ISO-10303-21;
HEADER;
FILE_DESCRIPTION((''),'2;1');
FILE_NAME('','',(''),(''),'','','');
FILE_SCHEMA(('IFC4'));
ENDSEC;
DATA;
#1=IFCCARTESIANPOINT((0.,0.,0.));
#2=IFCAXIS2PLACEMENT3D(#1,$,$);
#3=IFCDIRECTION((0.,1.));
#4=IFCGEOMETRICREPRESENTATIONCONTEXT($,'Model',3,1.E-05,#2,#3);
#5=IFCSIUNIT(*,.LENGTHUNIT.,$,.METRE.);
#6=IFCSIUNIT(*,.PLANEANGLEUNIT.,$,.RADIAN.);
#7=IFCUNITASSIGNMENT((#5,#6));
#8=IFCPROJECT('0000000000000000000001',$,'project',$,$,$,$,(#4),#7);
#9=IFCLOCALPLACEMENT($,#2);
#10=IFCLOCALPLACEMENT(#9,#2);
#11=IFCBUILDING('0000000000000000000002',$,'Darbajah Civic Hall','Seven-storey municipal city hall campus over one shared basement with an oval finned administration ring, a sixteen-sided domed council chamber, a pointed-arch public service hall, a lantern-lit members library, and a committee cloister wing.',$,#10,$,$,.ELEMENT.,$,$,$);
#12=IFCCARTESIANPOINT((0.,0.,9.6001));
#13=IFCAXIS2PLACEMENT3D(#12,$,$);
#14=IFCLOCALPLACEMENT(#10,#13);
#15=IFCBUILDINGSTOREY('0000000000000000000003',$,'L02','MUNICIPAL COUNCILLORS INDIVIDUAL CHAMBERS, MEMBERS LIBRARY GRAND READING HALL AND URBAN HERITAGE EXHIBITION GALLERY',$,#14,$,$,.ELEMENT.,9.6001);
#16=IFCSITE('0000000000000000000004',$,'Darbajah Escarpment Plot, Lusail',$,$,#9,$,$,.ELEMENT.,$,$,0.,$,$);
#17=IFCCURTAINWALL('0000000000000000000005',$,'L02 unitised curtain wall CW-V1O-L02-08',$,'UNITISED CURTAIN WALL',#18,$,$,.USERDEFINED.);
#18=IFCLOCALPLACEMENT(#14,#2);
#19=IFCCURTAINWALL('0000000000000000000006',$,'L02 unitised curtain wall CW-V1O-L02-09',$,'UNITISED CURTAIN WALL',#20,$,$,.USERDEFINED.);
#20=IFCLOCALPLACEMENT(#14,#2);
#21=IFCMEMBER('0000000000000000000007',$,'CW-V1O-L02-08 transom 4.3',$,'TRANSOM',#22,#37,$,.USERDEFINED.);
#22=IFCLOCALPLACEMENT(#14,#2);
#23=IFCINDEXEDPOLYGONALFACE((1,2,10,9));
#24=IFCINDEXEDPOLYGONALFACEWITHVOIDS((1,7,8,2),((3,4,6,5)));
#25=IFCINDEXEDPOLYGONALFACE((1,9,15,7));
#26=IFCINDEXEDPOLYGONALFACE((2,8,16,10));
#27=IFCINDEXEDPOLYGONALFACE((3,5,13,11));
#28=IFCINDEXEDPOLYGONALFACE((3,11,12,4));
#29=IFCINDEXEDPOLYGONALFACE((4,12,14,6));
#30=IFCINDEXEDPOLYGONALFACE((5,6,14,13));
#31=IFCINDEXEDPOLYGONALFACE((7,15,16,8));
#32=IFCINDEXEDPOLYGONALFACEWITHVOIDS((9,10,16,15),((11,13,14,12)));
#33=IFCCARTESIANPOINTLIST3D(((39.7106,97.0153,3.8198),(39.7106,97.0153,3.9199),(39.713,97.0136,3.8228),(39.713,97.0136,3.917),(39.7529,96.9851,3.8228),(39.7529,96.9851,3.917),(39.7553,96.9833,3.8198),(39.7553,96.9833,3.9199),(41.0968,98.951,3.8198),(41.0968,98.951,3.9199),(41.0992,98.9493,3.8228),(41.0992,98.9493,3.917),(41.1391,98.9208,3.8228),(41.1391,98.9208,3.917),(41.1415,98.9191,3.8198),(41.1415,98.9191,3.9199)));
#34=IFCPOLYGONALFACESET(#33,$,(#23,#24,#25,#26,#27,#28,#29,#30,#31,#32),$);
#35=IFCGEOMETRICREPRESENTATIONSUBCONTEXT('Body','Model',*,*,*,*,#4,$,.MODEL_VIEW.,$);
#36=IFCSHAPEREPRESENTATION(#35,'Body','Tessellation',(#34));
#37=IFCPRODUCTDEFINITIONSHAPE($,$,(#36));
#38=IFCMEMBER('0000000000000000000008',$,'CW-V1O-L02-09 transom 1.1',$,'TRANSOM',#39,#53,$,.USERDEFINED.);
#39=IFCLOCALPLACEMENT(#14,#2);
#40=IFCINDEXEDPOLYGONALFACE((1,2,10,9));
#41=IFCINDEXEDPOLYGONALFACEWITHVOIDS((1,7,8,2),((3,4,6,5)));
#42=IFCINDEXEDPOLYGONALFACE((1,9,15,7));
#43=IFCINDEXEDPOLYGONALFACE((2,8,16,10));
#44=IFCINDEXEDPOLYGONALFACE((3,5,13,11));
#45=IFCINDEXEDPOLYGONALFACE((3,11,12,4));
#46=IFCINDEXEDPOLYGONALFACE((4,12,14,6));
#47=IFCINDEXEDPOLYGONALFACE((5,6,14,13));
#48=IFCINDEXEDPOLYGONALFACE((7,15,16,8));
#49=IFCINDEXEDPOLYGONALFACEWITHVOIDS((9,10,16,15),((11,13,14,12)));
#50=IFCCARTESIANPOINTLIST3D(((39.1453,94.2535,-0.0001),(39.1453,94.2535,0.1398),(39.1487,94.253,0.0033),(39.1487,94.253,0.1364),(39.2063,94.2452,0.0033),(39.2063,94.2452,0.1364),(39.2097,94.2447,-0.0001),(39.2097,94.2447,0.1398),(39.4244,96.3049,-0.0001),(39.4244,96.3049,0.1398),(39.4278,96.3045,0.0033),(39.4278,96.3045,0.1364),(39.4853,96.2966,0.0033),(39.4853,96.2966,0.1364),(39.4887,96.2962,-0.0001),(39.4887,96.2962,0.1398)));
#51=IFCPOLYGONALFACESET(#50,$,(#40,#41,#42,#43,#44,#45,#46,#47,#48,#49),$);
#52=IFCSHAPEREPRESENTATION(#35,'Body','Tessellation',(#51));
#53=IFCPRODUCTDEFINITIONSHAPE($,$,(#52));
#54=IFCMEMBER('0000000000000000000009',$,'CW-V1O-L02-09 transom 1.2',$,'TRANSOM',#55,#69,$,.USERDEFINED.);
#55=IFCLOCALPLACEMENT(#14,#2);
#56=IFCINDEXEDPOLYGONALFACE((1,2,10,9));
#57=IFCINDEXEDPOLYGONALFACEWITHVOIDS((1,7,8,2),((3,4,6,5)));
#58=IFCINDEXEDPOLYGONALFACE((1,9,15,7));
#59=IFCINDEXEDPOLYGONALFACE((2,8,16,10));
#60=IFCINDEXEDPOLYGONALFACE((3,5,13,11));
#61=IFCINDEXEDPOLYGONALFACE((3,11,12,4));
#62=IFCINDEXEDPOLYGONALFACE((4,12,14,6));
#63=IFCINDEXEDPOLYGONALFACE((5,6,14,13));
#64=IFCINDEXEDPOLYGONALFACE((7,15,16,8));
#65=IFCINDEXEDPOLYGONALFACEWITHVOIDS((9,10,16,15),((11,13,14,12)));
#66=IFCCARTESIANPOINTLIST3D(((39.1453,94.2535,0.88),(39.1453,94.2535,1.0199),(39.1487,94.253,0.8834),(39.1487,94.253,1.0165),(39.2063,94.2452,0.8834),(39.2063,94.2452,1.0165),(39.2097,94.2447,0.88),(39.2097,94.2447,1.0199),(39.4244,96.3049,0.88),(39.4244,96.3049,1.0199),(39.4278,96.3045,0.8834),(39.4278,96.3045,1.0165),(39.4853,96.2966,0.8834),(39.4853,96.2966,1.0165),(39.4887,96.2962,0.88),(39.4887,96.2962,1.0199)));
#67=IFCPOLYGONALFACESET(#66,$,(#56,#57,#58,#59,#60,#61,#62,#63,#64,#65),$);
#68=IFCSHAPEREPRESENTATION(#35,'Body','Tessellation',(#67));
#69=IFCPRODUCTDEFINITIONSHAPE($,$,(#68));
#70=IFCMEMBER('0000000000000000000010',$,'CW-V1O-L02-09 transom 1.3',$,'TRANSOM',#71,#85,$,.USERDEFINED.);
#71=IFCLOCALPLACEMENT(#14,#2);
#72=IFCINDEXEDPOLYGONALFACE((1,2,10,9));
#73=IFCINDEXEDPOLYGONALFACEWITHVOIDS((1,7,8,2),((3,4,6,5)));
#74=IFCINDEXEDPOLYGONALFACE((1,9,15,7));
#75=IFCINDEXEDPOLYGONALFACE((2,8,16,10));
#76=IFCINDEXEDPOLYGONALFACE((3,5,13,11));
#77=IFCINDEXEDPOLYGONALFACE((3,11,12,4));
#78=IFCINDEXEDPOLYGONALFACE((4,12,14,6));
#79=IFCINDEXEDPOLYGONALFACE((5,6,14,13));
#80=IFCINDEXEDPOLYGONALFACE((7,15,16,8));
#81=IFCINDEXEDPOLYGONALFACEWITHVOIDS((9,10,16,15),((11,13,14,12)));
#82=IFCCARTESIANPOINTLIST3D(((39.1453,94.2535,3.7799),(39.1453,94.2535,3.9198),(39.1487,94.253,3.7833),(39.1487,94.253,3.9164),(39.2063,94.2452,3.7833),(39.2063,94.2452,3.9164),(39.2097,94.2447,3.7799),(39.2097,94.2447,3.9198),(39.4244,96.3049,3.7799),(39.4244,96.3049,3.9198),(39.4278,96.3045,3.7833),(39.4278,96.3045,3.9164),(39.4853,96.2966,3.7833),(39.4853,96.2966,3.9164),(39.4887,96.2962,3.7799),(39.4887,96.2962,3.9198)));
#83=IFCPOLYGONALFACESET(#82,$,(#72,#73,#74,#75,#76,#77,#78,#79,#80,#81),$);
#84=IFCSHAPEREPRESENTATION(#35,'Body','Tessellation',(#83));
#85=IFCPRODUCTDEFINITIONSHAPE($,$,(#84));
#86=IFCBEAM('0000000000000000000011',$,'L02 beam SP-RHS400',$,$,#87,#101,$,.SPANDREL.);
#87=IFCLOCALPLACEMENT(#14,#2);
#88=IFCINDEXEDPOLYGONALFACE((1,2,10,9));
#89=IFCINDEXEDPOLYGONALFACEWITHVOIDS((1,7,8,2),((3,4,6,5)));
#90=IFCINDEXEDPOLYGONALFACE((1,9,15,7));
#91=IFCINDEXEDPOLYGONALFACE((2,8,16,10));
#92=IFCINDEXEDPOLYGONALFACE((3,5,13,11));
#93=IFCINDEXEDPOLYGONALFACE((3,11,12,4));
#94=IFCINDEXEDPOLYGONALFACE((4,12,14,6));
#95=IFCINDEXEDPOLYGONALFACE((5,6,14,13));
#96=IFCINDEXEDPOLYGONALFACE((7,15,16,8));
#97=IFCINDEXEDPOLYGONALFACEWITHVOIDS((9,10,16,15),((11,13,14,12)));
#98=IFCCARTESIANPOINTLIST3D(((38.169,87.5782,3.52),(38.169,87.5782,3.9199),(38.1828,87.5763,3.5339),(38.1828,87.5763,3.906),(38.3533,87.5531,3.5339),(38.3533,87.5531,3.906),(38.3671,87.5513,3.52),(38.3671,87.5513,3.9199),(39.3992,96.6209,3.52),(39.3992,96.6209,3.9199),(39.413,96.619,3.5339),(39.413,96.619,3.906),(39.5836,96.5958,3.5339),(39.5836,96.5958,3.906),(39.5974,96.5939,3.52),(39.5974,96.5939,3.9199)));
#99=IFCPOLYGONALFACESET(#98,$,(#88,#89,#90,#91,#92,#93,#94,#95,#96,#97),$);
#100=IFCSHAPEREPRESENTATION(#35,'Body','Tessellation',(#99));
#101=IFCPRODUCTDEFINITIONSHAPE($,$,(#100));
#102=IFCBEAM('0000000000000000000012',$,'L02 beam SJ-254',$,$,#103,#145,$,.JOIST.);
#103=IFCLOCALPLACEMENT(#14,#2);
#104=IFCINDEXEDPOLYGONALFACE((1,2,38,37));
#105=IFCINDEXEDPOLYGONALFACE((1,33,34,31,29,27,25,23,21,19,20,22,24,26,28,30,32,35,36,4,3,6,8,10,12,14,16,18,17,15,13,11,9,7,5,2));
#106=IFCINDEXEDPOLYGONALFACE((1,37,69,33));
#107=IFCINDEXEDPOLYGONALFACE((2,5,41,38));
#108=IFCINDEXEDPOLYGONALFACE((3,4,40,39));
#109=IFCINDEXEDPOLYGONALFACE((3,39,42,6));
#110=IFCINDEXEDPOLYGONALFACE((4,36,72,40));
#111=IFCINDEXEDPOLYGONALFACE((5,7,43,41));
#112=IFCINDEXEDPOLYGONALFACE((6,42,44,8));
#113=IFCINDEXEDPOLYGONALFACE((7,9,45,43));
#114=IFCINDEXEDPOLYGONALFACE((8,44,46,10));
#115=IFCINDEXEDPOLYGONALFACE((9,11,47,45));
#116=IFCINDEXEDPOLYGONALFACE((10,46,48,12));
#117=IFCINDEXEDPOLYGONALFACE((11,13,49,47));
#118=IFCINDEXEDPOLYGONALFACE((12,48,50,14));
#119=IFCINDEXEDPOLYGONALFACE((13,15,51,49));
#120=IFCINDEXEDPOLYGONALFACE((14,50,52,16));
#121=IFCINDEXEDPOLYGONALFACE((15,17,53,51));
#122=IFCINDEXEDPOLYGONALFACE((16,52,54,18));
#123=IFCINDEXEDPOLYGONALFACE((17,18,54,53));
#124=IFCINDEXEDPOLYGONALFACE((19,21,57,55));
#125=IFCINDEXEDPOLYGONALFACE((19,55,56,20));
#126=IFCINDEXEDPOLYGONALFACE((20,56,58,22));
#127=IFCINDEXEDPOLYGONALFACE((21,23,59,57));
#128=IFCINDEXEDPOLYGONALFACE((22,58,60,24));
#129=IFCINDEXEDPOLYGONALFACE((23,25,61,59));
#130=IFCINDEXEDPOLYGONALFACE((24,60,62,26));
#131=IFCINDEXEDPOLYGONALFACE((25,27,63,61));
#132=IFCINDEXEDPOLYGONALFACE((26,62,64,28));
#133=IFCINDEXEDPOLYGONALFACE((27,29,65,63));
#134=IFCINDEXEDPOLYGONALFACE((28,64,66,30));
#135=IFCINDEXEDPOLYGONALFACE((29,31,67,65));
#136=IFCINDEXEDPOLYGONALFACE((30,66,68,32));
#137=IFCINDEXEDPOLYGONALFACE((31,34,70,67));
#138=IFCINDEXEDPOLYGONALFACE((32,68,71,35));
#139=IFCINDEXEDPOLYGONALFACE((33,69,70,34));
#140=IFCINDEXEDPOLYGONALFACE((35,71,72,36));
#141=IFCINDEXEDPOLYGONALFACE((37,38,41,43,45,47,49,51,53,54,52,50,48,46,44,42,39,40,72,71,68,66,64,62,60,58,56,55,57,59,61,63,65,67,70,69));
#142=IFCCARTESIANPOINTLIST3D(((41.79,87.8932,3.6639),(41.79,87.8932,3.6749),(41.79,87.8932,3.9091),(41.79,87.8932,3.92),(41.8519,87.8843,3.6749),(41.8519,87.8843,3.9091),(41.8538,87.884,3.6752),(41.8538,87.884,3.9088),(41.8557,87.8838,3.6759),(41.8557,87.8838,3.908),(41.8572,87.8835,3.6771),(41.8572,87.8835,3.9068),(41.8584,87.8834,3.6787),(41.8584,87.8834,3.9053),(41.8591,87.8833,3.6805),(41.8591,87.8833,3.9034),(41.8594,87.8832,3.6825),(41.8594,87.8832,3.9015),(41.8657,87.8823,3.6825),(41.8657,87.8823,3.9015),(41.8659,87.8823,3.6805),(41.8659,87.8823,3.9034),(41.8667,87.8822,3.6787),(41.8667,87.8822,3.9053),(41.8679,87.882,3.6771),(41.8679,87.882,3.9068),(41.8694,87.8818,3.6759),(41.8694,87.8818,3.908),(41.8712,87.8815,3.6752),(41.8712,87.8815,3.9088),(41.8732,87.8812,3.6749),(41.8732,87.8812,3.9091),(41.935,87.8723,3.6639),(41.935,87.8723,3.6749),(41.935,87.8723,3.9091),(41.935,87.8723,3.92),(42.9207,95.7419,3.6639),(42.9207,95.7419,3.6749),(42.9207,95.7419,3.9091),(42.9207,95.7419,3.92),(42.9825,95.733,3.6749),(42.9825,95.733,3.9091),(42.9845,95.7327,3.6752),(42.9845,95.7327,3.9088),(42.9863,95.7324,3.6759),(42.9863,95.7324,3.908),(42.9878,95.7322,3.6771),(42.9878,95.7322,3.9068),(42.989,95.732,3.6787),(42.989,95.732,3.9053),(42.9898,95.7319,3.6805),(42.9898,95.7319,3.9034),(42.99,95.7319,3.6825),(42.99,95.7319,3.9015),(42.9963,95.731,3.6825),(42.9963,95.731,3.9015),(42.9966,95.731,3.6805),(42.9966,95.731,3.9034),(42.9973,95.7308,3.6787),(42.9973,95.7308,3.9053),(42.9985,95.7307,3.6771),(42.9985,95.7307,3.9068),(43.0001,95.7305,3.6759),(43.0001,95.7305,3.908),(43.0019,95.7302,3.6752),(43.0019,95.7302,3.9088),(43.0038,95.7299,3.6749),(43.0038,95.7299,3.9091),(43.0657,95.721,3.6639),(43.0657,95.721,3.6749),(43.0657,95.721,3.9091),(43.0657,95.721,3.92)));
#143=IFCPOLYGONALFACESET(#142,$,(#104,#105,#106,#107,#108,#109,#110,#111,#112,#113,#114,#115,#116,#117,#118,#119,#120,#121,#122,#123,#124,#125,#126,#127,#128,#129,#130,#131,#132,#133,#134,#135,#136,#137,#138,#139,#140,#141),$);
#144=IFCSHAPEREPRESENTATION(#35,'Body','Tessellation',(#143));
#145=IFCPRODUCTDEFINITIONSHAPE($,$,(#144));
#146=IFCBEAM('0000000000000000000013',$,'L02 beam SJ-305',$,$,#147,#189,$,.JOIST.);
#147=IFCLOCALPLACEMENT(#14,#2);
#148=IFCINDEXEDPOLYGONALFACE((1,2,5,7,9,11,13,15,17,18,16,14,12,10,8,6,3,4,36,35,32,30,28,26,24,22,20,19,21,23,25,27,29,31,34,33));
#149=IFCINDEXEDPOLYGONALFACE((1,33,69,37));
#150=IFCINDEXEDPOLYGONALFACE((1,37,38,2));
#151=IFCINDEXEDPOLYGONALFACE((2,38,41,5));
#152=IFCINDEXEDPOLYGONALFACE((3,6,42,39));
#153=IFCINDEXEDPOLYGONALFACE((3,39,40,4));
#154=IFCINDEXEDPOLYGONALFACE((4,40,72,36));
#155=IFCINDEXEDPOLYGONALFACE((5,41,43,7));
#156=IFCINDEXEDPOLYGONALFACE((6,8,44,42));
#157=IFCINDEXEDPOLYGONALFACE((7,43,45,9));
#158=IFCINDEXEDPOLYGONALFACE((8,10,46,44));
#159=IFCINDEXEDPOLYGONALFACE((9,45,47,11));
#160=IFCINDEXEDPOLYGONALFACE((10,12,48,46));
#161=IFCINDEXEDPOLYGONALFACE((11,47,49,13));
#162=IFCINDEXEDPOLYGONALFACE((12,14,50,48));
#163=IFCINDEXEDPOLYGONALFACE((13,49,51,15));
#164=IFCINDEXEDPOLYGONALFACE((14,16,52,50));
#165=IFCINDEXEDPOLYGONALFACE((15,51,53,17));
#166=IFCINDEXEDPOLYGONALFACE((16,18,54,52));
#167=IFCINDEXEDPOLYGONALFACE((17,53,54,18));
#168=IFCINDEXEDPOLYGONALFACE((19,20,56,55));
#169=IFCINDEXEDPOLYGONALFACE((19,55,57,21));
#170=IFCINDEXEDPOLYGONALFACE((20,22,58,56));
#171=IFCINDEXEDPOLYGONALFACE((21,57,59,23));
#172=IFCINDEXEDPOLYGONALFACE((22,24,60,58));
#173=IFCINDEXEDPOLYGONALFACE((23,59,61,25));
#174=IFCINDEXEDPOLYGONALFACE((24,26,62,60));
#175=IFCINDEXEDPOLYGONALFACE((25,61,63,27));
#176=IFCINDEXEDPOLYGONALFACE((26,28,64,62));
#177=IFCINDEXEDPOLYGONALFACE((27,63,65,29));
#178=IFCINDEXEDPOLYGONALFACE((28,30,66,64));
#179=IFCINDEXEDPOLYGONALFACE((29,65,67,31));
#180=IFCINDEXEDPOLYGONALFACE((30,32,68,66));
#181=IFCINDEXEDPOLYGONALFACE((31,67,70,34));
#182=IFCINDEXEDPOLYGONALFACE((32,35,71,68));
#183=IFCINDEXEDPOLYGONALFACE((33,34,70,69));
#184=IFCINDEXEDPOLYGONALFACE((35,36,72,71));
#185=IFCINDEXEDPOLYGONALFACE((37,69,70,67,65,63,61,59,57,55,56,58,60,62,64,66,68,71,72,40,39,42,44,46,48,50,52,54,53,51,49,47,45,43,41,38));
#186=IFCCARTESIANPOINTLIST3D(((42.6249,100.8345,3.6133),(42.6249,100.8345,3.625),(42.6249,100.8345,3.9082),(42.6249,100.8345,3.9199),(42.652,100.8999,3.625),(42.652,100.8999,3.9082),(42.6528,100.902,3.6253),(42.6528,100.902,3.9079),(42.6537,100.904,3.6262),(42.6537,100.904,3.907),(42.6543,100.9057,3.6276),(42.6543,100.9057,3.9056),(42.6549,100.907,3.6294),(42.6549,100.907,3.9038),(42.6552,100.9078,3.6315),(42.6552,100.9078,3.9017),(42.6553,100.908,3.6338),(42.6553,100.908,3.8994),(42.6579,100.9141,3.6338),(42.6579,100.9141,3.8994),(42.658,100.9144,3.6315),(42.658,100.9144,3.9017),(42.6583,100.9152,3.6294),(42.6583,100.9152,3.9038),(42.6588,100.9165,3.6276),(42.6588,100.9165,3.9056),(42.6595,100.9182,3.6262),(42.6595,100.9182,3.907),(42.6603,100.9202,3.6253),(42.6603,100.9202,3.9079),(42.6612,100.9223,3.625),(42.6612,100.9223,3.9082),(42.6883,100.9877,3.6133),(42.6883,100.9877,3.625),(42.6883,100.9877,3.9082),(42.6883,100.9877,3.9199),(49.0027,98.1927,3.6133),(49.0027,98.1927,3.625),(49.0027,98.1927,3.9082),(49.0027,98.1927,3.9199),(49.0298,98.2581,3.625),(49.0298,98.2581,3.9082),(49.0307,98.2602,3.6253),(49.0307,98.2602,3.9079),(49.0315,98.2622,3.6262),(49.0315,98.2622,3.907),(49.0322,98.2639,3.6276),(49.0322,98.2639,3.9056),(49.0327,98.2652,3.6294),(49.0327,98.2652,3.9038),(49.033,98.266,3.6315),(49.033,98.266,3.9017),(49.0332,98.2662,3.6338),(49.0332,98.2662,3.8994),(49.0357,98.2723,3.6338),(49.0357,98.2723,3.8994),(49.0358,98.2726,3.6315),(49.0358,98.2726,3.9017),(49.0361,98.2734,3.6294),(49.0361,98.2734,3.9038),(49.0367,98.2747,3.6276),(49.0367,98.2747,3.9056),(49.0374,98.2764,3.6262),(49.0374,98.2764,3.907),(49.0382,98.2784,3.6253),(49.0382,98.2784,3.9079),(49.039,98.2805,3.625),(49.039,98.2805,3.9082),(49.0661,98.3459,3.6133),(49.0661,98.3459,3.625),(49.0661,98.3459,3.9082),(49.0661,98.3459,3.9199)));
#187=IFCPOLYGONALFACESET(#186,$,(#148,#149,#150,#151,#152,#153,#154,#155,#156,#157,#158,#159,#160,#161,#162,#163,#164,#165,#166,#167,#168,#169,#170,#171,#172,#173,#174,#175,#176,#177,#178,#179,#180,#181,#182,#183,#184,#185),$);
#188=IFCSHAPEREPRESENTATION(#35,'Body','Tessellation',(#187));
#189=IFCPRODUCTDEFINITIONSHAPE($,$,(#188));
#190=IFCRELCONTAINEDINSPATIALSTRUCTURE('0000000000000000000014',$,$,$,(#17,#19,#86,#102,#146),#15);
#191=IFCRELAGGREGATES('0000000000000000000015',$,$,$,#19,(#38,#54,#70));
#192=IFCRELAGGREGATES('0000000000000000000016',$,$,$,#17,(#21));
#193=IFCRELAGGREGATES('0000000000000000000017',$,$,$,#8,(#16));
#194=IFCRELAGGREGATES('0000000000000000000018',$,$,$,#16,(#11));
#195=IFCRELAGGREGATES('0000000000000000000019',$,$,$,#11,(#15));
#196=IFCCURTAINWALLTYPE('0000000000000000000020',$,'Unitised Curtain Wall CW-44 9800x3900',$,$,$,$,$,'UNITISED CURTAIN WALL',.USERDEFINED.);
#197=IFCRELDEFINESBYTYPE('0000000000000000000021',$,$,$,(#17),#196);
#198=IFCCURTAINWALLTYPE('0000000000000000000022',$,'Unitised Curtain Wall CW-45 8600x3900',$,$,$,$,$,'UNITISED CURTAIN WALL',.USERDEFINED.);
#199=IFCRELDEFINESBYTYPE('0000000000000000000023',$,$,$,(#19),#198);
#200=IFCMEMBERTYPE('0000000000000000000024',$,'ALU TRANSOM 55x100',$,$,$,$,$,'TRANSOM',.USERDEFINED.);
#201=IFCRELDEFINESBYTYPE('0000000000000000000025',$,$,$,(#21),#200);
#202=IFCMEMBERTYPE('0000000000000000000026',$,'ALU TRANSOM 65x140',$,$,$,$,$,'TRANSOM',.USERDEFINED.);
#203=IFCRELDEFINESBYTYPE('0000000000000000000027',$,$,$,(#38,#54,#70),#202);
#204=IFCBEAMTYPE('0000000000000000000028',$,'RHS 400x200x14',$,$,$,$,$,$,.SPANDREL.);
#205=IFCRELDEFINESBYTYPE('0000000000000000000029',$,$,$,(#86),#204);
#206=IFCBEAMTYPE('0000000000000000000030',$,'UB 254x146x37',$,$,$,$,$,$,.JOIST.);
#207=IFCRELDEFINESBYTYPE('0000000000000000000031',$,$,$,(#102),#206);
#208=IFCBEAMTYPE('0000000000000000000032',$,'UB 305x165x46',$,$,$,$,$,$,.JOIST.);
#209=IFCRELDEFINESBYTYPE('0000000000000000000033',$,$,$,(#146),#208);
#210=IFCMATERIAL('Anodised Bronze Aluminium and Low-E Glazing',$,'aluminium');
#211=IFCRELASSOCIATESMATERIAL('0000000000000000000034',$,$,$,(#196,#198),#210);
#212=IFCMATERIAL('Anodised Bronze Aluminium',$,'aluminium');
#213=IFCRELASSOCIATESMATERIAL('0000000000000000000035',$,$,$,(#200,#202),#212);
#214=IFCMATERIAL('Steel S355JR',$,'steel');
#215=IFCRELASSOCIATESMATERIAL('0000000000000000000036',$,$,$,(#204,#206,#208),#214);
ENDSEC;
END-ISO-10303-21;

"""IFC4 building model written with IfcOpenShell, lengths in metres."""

from ifc_helpers import new_model, si_unit, direction, frame, origin, origin_2d, place, context, subcontext, project, spatial, hollow_rectangle, i_section, extrude, material, material_profile, profile_set, type_object, element, aggregate, save


model = new_model("IFC4")

# Units and contexts
model_context = context("Model", 3, precision=1e-05, world=origin(), true_north=direction((0.0, 1.0)))
body_context = subcontext(model_context, "Body", "Model", "MODEL_VIEW")
ifc_project = project(units=[si_unit("LENGTHUNIT", "METRE"), si_unit("PLANEANGLEUNIT", "RADIAN")], contexts=[model_context])

# Site, building, storey
site_placement = place(None, origin())
site = spatial("IfcSite", under=ifc_project, at=site_placement, Name="Darbajah Escarpment Plot, Lusail", CompositionType="ELEMENT", RefElevation=0.0)
building_placement = place(site_placement, origin())
building = spatial("IfcBuilding", under=site, at=building_placement, Name="Darbajah Civic Hall", Description="Seven-storey municipal city hall campus over one shared basement with an oval finned administration ring, a sixteen-sided domed council chamber, a pointed-arch public service hall, a lantern-lit members library, and a committee cloister wing.", CompositionType="ELEMENT")
storey_placement = place(building_placement, frame((0.0, 0.0, 9.6001)))
storey = spatial("IfcBuildingStorey", under=building, at=storey_placement, Name="L02", Description="MUNICIPAL COUNCILLORS INDIVIDUAL CHAMBERS, MEMBERS LIBRARY GRAND READING HALL AND URBAN HERITAGE EXHIBITION GALLERY", CompositionType="ELEMENT", Elevation=9.6001)

# Curtain wall
ifc_material_1 = material(Name="Anodised Bronze Aluminium and Low-E Glazing", Category="aluminium")
curtain_wall_type_1 = type_object("IfcCurtainWallType", Name="Unitised Curtain Wall CW-44 9800x3900", ElementType="UNITISED CURTAIN WALL", PredefinedType="USERDEFINED", material=ifc_material_1)
curtain_wall_1_placement = place(storey_placement, origin())
curtain_wall_1 = element("IfcCurtainWall", 1, at=curtain_wall_1_placement, inside=storey, type_object=curtain_wall_type_1, Name="L02 unitised curtain wall CW-V1O-L02-08", ObjectType="UNITISED CURTAIN WALL", PredefinedType="USERDEFINED")
ifc_material_2 = material(Name="Anodised Bronze Aluminium", Category="aluminium")

# Curtain wall
curtain_wall_type_2 = type_object("IfcCurtainWallType", Name="Unitised Curtain Wall CW-45 8600x3900", ElementType="UNITISED CURTAIN WALL", PredefinedType="USERDEFINED", material=ifc_material_1)
curtain_wall_2_placement = place(storey_placement, origin())
curtain_wall_2 = element("IfcCurtainWall", 2, at=curtain_wall_2_placement, inside=storey, type_object=curtain_wall_type_2, Name="L02 unitised curtain wall CW-V1O-L02-09", ObjectType="UNITISED CURTAIN WALL", PredefinedType="USERDEFINED")

# Members
ifc_material_profile_1 = material_profile(ifc_material_2, hollow_rectangle(XDim=0.0549, YDim=0.1001, WallThickness=0.0029, at=origin_2d()), Name="ALU TRANSOM 55x100")
ifc_profile_set_1 = profile_set([ifc_material_profile_1], Name="Anodised Bronze Aluminium")
member_type_1 = type_object("IfcMemberType", Name="ALU TRANSOM 55x100", ElementType="TRANSOM", PredefinedType="USERDEFINED", material=ifc_profile_set_1)
member_1_placement = place(storey_placement, frame((41.1191, 98.9351, 3.8699), z_axis=(-0.582217, -0.813033, 0.0), x_axis=(0.813033, -0.582217, 0.0)))
member_1 = element("IfcMember", 3, at=member_1_placement, type_object=member_type_1, Name="CW-V1O-L02-08 transom 4.3", ObjectType="TRANSOM", PredefinedType="USERDEFINED", context=body_context, shape_type="SweptSolid", body=[
    extrude(hollow_rectangle(XDim=0.0549, YDim=0.1001, WallThickness=0.0029, at=origin_2d()), origin(), (0.0, 0.0, 1.0), 2.3809),
])
ifc_material_profile_2 = material_profile(ifc_material_2, hollow_rectangle(XDim=0.0649, YDim=0.1399, WallThickness=0.0034, at=origin_2d()), Name="ALU TRANSOM 65x140")
ifc_profile_set_2 = profile_set([ifc_material_profile_2], Name="Anodised Bronze Aluminium")
member_type_2 = type_object("IfcMemberType", Name="ALU TRANSOM 65x140", ElementType="TRANSOM", PredefinedType="USERDEFINED", material=ifc_profile_set_2)
member_2_placement = place(storey_placement, frame((39.4565, 96.3005, 0.0698), z_axis=(-0.134782, -0.990875, 0.0), x_axis=(0.990875, -0.134782, 0.0)))
member_2 = element("IfcMember", 4, at=member_2_placement, type_object=member_type_2, Name="CW-V1O-L02-09 transom 1.1", ObjectType="TRANSOM", PredefinedType="USERDEFINED", context=body_context, shape_type="SweptSolid", body=[
    extrude(hollow_rectangle(XDim=0.0649, YDim=0.1399, WallThickness=0.0034, at=origin_2d()), origin(), (0.0, 0.0, 1.0), 2.0703),
])
member_3_placement = place(storey_placement, frame((39.4565, 96.3005, 0.95), z_axis=(-0.134782, -0.990875, 0.0), x_axis=(0.990875, -0.134782, 0.0)))
member_3 = element("IfcMember", 5, at=member_3_placement, type_object=member_type_2, Name="CW-V1O-L02-09 transom 1.2", ObjectType="TRANSOM", PredefinedType="USERDEFINED", context=body_context, shape_type="SweptSolid", body=[
    extrude(hollow_rectangle(XDim=0.0649, YDim=0.1399, WallThickness=0.0034, at=origin_2d()), origin(), (0.0, 0.0, 1.0), 2.0703),
])
member_4_placement = place(storey_placement, frame((39.4565, 96.3005, 3.8499), z_axis=(-0.134782, -0.990875, 0.0), x_axis=(0.990875, -0.134782, 0.0)))
member_4 = element("IfcMember", 6, at=member_4_placement, type_object=member_type_2, Name="CW-V1O-L02-09 transom 1.3", ObjectType="TRANSOM", PredefinedType="USERDEFINED", context=body_context, shape_type="SweptSolid", body=[
    extrude(hollow_rectangle(XDim=0.0649, YDim=0.1399, WallThickness=0.0034, at=origin_2d()), origin(), (0.0, 0.0, 1.0), 2.0703),
])
aggregate(curtain_wall_2, [member_2, member_3, member_4])

# Beams
ifc_material_3 = material(Name="Steel S355JR", Category="steel")
ifc_material_profile_3 = material_profile(ifc_material_3, hollow_rectangle(XDim=0.2, YDim=0.3999, WallThickness=0.0139, at=origin_2d()), Name="RHS 400x200x14")
ifc_profile_set_3 = profile_set([ifc_material_profile_3], Name="Steel S355JR")
beam_type_1 = type_object("IfcBeamType", Name="RHS 400x200x14", PredefinedType="SPANDREL", material=ifc_profile_set_3)
beam_1_placement = place(storey_placement, frame((39.4983, 96.6074, 3.72), z_axis=(-0.134804, -0.990872, 0.0), x_axis=(0.990872, -0.134804, 0.0)))
element("IfcBeam", 7, at=beam_1_placement, inside=storey, type_object=beam_type_1, Name="L02 beam SP-RHS400", PredefinedType="SPANDREL", context=body_context, shape_type="SweptSolid", body=[
    extrude(hollow_rectangle(XDim=0.2, YDim=0.3999, WallThickness=0.0139, at=origin_2d()), origin(), (0.0, 0.0, 1.0), 9.126),
])
ifc_material_profile_4 = material_profile(ifc_material_3, i_section(OverallWidth=0.1465, OverallDepth=0.2561, WebThickness=0.0063, FlangeThickness=0.011, FilletRadius=0.0076, at=origin_2d()), Name="UB 254x146x37")
ifc_profile_set_4 = profile_set([ifc_material_profile_4], Name="Steel S355JR")
beam_type_2 = type_object("IfcBeamType", Name="UB 254x146x37", PredefinedType="JOIST", material=ifc_profile_set_4)
beam_2_placement = place(storey_placement, frame((42.9932, 95.7314, 3.792), z_axis=(-0.142581, -0.989783, 0.0), x_axis=(0.989783, -0.142581, 0.0)))
element("IfcBeam", 8, at=beam_2_placement, inside=storey, type_object=beam_type_2, Name="L02 beam SJ-254", PredefinedType="JOIST", context=body_context, shape_type="SweptSolid", body=[
    extrude(i_section(OverallWidth=0.1465, OverallDepth=0.2561, WebThickness=0.0063, FlangeThickness=0.011, FilletRadius=0.0076, at=origin_2d()), origin(), (0.0, 0.0, 1.0), 7.9297),
])
ifc_material_profile_5 = material_profile(ifc_material_3, i_section(OverallWidth=0.1658, OverallDepth=0.3066, WebThickness=0.0066, FlangeThickness=0.0117, FilletRadius=0.0088, at=origin_2d()), Name="UB 305x165x46")
ifc_profile_set_5 = profile_set([ifc_material_profile_5], Name="Steel S355JR")
beam_type_3 = type_object("IfcBeamType", Name="UB 305x165x46", PredefinedType="JOIST", material=ifc_profile_set_5)
beam_3_placement = place(storey_placement, frame((49.0344, 98.2693, 3.7666), z_axis=(-0.923878, 0.382686, 0.0), x_axis=(-0.382686, -0.923878, 0.0)))
element("IfcBeam", 9, at=beam_3_placement, inside=storey, type_object=beam_type_3, Name="L02 beam SJ-305", PredefinedType="JOIST", context=body_context, shape_type="SweptSolid", body=[
    extrude(i_section(OverallWidth=0.1658, OverallDepth=0.3066, WebThickness=0.0066, FlangeThickness=0.0117, FilletRadius=0.0088, at=origin_2d()), origin(), (0.0, 0.0, 1.0), 6.9033),
])

aggregate(curtain_wall_1, [member_1])

save(model, "model.ifc")
